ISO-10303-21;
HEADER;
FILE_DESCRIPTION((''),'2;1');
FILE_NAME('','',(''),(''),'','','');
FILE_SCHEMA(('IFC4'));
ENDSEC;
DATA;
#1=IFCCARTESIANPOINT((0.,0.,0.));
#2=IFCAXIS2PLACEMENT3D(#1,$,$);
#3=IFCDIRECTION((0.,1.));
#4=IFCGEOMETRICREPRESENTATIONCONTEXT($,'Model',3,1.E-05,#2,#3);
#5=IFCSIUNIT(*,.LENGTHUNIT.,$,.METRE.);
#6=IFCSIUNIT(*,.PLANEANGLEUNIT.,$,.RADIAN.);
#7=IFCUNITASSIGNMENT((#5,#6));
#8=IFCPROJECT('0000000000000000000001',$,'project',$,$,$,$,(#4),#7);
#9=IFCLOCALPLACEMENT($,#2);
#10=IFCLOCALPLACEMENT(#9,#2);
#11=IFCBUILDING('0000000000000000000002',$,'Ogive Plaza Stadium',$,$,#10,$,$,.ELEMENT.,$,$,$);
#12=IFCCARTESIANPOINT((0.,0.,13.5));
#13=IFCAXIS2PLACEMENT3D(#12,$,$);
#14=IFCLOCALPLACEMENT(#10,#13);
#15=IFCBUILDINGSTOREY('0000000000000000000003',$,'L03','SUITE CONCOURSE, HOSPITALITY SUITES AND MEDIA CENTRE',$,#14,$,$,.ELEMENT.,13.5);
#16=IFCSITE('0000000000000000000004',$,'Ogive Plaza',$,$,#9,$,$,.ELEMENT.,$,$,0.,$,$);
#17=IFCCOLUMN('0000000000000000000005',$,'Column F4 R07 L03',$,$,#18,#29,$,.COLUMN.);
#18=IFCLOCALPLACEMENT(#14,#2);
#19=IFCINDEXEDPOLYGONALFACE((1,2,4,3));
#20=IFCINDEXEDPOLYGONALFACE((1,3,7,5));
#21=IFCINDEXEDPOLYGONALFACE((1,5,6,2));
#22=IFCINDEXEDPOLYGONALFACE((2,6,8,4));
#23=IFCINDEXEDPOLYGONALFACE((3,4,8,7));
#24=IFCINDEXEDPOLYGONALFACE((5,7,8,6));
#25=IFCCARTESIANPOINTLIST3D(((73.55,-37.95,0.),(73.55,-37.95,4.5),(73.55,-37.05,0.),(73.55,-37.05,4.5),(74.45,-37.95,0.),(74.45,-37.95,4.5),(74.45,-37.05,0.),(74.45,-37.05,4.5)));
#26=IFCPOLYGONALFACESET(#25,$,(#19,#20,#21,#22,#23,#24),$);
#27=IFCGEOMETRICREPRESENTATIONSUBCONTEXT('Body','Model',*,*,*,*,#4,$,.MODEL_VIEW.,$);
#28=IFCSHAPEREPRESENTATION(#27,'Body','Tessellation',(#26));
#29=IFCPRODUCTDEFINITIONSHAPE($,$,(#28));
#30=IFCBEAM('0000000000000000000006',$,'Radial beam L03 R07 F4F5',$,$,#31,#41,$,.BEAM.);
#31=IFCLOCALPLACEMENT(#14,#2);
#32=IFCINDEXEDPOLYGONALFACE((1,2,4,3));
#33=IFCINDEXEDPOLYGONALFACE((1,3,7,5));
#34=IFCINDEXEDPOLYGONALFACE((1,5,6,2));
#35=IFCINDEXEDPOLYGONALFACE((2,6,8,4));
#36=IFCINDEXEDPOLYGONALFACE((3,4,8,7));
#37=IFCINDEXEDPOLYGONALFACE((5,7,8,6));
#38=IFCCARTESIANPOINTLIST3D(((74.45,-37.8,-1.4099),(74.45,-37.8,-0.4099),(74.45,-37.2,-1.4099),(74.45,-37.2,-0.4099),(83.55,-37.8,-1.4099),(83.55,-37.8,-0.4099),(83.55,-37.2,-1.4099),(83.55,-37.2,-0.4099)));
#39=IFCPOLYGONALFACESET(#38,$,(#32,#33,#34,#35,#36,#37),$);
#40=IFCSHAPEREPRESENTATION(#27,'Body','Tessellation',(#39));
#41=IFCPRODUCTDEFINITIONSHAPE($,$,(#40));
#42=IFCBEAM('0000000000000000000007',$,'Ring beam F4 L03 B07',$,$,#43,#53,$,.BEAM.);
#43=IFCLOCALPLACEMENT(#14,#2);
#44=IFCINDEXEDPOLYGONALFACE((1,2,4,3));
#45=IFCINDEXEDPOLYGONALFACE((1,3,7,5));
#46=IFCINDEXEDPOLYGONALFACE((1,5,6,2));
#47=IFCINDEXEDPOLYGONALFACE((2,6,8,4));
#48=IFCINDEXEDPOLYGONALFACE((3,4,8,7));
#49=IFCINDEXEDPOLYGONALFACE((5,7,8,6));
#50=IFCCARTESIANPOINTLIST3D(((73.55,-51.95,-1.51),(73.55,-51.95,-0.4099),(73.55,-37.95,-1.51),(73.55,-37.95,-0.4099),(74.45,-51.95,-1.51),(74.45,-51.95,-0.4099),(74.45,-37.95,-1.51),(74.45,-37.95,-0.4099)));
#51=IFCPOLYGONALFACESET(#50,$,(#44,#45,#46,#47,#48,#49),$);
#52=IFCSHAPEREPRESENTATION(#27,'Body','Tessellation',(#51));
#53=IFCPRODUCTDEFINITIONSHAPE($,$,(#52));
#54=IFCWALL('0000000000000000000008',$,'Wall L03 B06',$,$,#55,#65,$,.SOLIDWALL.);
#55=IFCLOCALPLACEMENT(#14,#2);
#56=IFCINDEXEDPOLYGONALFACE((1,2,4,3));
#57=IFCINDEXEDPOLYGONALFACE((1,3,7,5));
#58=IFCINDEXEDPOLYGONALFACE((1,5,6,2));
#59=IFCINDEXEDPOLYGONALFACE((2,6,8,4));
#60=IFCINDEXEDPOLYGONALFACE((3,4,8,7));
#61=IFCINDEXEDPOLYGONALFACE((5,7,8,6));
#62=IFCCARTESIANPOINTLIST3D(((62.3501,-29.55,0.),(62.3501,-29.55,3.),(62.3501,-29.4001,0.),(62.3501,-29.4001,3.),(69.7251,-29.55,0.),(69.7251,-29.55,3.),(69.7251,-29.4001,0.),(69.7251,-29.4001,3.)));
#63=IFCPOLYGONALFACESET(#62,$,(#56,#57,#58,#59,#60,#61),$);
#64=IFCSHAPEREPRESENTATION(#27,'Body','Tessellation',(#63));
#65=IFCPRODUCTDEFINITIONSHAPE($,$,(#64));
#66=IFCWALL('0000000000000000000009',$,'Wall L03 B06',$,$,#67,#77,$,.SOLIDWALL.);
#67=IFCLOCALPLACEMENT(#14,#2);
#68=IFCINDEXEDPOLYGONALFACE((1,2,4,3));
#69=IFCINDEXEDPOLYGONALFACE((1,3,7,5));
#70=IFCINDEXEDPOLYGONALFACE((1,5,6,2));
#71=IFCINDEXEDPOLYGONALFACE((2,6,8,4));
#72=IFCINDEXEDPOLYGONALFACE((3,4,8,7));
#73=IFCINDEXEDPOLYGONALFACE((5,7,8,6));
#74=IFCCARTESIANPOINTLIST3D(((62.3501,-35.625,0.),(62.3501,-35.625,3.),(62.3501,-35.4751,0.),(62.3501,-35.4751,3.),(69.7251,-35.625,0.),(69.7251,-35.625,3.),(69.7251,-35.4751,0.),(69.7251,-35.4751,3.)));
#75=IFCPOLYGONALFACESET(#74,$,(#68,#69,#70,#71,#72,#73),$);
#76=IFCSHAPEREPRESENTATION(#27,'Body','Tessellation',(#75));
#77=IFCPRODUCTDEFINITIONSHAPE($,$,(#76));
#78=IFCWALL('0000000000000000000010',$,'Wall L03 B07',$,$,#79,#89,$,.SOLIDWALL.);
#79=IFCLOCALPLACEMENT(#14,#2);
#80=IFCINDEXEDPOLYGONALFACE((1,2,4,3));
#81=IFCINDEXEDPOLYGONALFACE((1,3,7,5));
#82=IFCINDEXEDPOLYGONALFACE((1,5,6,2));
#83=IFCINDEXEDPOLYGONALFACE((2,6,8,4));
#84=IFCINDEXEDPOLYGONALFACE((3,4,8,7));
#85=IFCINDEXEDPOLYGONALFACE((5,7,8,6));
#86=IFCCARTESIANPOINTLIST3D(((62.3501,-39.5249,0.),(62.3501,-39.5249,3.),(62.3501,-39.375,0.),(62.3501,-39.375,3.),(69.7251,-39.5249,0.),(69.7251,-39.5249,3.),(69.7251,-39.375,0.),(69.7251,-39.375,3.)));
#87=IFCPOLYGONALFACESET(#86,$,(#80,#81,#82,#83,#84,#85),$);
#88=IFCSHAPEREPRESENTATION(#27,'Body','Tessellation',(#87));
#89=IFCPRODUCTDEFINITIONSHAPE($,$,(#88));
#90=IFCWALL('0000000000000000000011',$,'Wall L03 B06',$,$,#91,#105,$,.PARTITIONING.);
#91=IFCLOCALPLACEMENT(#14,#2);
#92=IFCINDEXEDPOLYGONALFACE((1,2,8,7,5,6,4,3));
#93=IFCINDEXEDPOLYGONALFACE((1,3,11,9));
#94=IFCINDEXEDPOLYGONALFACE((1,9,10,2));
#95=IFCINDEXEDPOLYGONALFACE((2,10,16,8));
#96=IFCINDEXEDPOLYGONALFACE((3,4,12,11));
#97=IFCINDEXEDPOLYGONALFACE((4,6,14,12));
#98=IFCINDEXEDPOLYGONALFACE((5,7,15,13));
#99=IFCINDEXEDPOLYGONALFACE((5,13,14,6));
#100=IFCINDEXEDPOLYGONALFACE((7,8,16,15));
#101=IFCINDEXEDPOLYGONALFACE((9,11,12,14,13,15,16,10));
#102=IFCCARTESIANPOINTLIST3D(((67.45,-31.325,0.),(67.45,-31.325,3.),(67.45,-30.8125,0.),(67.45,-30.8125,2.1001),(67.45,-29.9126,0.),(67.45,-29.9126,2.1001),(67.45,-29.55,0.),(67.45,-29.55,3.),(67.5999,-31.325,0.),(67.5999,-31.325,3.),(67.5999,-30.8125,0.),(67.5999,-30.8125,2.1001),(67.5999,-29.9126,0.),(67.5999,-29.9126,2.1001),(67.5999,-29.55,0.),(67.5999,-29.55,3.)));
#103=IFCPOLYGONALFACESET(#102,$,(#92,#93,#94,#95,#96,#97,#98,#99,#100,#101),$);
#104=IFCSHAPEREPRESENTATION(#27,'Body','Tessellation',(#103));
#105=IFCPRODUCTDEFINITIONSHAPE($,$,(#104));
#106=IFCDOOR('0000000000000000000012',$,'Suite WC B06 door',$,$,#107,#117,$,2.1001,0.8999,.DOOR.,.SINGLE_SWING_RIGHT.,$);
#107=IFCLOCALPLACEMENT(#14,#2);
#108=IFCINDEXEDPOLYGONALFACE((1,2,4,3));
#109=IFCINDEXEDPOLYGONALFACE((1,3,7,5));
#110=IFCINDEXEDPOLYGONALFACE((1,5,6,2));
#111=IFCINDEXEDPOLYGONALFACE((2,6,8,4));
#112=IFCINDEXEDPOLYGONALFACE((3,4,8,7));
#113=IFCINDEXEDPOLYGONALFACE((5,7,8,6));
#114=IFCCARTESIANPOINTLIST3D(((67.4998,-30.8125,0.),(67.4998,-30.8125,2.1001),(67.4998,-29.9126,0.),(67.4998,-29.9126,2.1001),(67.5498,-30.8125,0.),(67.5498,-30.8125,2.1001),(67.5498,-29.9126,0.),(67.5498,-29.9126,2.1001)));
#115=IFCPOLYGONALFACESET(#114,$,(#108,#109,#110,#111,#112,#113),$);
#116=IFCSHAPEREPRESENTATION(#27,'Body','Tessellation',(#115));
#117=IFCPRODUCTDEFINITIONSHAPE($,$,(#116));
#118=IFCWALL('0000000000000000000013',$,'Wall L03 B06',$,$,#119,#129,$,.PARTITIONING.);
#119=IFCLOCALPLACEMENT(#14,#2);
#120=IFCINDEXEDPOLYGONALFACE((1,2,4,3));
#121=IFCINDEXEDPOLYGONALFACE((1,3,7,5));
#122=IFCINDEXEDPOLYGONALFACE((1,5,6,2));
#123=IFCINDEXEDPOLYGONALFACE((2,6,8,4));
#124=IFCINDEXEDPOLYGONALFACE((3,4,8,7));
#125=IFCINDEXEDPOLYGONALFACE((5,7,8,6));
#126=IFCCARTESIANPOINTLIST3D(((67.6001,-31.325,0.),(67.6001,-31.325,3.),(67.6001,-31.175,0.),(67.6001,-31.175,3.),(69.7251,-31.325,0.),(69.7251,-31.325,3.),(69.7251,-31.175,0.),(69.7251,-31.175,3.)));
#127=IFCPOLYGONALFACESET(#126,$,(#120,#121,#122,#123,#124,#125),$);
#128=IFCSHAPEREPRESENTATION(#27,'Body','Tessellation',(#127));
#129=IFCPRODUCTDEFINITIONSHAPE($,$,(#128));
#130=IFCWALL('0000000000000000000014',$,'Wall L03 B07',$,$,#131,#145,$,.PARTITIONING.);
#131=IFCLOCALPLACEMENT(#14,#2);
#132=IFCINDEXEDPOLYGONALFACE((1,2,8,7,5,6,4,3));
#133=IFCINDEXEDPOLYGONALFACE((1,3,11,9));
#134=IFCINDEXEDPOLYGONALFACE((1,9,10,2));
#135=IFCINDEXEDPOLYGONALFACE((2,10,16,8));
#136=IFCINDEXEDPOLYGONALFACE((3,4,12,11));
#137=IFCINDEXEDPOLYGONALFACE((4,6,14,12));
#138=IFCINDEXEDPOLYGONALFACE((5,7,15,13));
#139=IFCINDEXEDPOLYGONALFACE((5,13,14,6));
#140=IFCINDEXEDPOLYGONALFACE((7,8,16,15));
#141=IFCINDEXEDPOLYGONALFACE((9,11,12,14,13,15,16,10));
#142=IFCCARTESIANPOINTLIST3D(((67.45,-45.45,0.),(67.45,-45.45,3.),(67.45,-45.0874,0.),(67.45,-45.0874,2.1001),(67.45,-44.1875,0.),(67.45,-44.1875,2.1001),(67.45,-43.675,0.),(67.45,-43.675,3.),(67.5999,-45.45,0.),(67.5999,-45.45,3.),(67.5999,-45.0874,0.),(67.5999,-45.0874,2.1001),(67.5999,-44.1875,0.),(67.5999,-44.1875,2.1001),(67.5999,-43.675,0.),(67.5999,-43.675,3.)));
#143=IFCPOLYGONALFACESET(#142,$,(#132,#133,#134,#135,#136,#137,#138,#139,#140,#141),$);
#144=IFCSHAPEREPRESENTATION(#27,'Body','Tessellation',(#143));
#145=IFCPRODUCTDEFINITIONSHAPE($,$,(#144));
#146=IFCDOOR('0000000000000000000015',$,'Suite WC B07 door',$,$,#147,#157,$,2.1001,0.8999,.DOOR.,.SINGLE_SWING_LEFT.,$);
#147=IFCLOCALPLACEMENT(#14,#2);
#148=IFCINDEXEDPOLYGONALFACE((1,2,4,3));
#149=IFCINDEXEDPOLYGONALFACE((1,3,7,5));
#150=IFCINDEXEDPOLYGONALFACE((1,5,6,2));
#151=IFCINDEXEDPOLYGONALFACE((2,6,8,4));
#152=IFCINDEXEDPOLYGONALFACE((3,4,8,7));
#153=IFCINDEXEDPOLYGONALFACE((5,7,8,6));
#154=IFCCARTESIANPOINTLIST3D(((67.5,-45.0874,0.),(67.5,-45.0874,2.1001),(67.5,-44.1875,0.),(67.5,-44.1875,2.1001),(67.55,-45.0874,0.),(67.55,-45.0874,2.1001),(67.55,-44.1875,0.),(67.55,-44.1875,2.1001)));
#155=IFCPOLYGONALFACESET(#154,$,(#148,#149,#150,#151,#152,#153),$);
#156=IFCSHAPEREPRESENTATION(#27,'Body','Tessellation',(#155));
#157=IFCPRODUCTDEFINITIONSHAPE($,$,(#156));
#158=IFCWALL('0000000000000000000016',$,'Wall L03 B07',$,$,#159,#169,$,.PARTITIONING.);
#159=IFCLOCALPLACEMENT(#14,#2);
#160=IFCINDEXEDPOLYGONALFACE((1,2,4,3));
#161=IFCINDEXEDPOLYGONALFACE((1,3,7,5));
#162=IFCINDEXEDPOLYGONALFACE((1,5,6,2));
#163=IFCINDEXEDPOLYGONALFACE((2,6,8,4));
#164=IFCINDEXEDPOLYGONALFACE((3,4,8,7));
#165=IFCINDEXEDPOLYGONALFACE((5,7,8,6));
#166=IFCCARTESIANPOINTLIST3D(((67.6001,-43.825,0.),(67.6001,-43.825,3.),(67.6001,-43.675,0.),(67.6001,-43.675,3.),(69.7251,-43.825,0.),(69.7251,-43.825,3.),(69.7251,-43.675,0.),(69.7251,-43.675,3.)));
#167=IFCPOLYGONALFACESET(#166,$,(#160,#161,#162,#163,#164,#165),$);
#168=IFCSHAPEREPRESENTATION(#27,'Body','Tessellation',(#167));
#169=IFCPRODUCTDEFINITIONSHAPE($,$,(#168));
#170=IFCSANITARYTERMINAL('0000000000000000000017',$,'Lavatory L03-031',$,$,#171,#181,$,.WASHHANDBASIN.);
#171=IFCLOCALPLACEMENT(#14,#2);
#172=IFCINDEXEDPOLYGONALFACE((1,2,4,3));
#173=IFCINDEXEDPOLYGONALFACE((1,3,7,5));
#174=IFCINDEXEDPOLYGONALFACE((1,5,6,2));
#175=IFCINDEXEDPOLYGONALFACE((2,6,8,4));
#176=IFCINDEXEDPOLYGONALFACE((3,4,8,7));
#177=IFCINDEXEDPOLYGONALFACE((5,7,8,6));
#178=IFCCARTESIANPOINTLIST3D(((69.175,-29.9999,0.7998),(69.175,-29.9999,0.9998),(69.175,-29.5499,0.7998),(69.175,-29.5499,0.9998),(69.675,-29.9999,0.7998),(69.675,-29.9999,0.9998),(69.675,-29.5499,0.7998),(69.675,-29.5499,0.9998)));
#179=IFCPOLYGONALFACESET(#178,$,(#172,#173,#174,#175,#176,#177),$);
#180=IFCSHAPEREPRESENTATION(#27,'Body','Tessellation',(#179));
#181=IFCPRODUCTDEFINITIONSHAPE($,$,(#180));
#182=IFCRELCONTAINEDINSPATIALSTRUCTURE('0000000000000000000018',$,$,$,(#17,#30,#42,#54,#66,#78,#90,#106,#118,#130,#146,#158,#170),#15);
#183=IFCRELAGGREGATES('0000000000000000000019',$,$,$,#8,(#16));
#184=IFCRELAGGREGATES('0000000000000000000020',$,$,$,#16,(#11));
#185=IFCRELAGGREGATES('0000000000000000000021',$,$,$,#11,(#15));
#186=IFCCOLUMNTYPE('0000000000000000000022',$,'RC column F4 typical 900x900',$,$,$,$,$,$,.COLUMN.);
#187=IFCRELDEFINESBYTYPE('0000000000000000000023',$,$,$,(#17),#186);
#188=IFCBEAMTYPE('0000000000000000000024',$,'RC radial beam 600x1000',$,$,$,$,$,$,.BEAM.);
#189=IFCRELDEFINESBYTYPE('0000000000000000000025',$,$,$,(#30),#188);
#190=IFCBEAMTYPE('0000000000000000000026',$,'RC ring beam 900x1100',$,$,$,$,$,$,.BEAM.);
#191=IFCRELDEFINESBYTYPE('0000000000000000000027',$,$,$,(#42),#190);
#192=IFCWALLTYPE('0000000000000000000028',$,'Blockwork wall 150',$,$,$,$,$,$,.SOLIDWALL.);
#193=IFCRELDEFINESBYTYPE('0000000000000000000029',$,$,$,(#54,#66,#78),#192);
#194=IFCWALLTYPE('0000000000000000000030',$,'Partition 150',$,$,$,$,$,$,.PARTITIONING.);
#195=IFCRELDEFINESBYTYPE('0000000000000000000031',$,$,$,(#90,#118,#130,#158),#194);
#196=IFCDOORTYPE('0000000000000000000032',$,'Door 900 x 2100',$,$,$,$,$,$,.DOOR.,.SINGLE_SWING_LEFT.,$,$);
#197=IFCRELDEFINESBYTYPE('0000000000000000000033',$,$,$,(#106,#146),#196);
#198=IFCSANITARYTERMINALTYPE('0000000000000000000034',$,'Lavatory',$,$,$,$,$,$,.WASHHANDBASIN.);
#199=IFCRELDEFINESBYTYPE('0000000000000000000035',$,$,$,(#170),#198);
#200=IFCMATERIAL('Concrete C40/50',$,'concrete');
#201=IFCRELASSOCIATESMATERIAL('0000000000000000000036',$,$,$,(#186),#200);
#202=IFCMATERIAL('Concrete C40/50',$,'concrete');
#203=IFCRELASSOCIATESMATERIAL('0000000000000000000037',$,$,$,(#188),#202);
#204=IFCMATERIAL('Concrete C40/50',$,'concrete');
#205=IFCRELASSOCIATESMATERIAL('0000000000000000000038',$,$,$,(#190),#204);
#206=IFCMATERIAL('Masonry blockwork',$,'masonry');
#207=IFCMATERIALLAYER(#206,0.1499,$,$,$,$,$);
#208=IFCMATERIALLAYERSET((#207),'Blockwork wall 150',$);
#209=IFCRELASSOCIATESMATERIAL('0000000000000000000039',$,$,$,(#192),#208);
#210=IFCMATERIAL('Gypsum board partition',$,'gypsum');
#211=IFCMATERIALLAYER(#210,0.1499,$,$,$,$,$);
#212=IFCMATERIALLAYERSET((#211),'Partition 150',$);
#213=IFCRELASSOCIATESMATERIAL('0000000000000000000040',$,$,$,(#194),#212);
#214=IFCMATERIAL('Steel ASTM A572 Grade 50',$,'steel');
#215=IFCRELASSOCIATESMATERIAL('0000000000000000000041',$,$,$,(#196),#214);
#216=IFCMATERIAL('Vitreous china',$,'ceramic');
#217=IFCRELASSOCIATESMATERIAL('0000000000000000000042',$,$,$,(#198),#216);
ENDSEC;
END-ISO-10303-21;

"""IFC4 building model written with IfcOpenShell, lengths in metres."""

from ifc_helpers import new_model, si_unit, direction, frame, frame_2d, origin, origin_2d, place, context, subcontext, project, spatial, rectangle, extrude, material, layer, layer_set, material_profile, profile_set, type_object, element, fill, save


model = new_model("IFC4")

# Units and contexts
model_context = context("Model", 3, precision=1e-05, world=origin(), true_north=direction((0.0, 1.0)))
body_context = subcontext(model_context, "Body", "Model", "MODEL_VIEW")
ifc_project = project(units=[si_unit("LENGTHUNIT", "METRE"), si_unit("PLANEANGLEUNIT", "RADIAN")], contexts=[model_context])

# Site, building, storey
site_placement = place(None, origin())
site = spatial("IfcSite", under=ifc_project, at=site_placement, Name="Ogive Plaza", CompositionType="ELEMENT", RefElevation=0.0)
building_placement = place(site_placement, origin())
building = spatial("IfcBuilding", under=site, at=building_placement, Name="Ogive Plaza Stadium", CompositionType="ELEMENT")
storey_placement = place(building_placement, frame((0.0, 0.0, 13.5)))
storey = spatial("IfcBuildingStorey", under=building, at=storey_placement, Name="L03", Description="SUITE CONCOURSE, HOSPITALITY SUITES AND MEDIA CENTRE", CompositionType="ELEMENT", Elevation=13.5)

# Column
ifc_material_1 = material(Name="Concrete C40/50", Category="concrete")
ifc_material_profile_1 = material_profile(ifc_material_1, rectangle(XDim=0.8999, YDim=0.8999, at=origin_2d()), Name="RC 900x900")
ifc_profile_set_1 = profile_set([ifc_material_profile_1], Name="Concrete C40/50")
column_type = type_object("IfcColumnType", Name="RC column F4 typical 900x900", PredefinedType="COLUMN", material=ifc_profile_set_1)
column_placement = place(storey_placement, frame((74.0, -37.5, 0.0), z_axis=(0.0, 0.0, 1.0), x_axis=(0.0, 1.0, 0.0)))
element("IfcColumn", 1, at=column_placement, inside=storey, type_object=column_type, Name="Column F4 R07 L03", PredefinedType="COLUMN", context=body_context, shape_type="SweptSolid", body=[
    extrude(rectangle(XDim=0.8999, YDim=0.8999, at=origin_2d()), origin(), (0.0, 0.0, 1.0), 4.5),
])

# Beams
ifc_material_2 = material(Name="Concrete C40/50", Category="concrete")
ifc_material_profile_2 = material_profile(ifc_material_2, rectangle(XDim=0.6001, YDim=1.0, at=origin_2d()), Name="RC 600x1000")
ifc_profile_set_2 = profile_set([ifc_material_profile_2], Name="Concrete C40/50")
beam_type_1 = type_object("IfcBeamType", Name="RC radial beam 600x1000", PredefinedType="BEAM", material=ifc_profile_set_2)
beam_1_placement = place(storey_placement, frame((74.45, -37.5, -0.9099), z_axis=(1.0, 0.0, 0.0), x_axis=(0.0, 1.0, 0.0)))
element("IfcBeam", 2, at=beam_1_placement, inside=storey, type_object=beam_type_1, Name="Radial beam L03 R07 F4F5", PredefinedType="BEAM", context=body_context, shape_type="SweptSolid", body=[
    extrude(rectangle(XDim=0.6001, YDim=1.0, at=origin_2d()), origin(), (0.0, 0.0, 1.0), 9.1001),
])
ifc_material_3 = material(Name="Concrete C40/50", Category="concrete")
ifc_material_profile_3 = material_profile(ifc_material_3, rectangle(XDim=0.8999, YDim=1.1001, at=origin_2d()), Name="RC 900x1100")
ifc_profile_set_3 = profile_set([ifc_material_profile_3], Name="Concrete C40/50")
beam_type_2 = type_object("IfcBeamType", Name="RC ring beam 900x1100", PredefinedType="BEAM", material=ifc_profile_set_3)
beam_2_placement = place(storey_placement, frame((74.0, -37.95, -0.96), z_axis=(0.0, -1.0, 0.0), x_axis=(1.0, 0.0, 0.0)))
element("IfcBeam", 3, at=beam_2_placement, inside=storey, type_object=beam_type_2, Name="Ring beam F4 L03 B07", PredefinedType="BEAM", context=body_context, shape_type="SweptSolid", body=[
    extrude(rectangle(XDim=0.8999, YDim=1.1001, at=origin_2d()), origin(), (0.0, 0.0, 1.0), 14.0),
])

# Walls
ifc_material_4 = material(Name="Masonry blockwork", Category="masonry")
ifc_layer_1 = layer(ifc_material_4, 0.1499)
ifc_layer_set_1 = layer_set([ifc_layer_1], Name="Blockwork wall 150")
wall_type_1 = type_object("IfcWallType", Name="Blockwork wall 150", PredefinedType="SOLIDWALL", material=ifc_layer_set_1)
for number, where, z_axis, x_axis, name in (
    (4, (62.3501, -29.4751, 0.0), (0.0, 0.0, 1.0), (1.0, 0.0, 0.0), "Wall L03 B06"),
    (5, (62.3501, -35.55, 0.0), (0.0, 0.0, 1.0), (1.0, 0.0, 0.0), "Wall L03 B06"),
    (6, (62.3501, -39.45, 0.0), (0.0, 0.0, 1.0), (1.0, 0.0, 0.0), "Wall L03 B07"),
):
    element("IfcWall", number, at=place(storey_placement, frame(where, z_axis=z_axis, x_axis=x_axis)), inside=storey, type_object=wall_type_1, Name=name, PredefinedType="SOLIDWALL", context=body_context, shape_type="SweptSolid", body=[
        extrude(rectangle(XDim=7.375, YDim=0.1499, at=frame_2d((3.6875, 0.0))), origin(), (0.0, 0.0, 1.0), 3.0),
    ])

# Wall, opening, door
ifc_material_5 = material(Name="Gypsum board partition", Category="gypsum")
ifc_layer_2 = layer(ifc_material_5, 0.1499)
ifc_layer_set_2 = layer_set([ifc_layer_2], Name="Partition 150")
wall_type_2 = type_object("IfcWallType", Name="Partition 150", PredefinedType="PARTITIONING", material=ifc_layer_set_2)
wall_1_placement = place(storey_placement, frame((67.5249, -29.55, 0.0), z_axis=(0.0, 0.0, 1.0), x_axis=(0.0, -1.0, 0.0)))
wall_1 = element("IfcWall", 7, at=wall_1_placement, inside=storey, type_object=wall_type_2, Name="Wall L03 B06", PredefinedType="PARTITIONING", context=body_context, shape_type="SweptSolid", body=[
    extrude(rectangle(XDim=1.7749, YDim=0.1499, at=frame_2d((0.8875, 0.0))), origin(), (0.0, 0.0, 1.0), 3.0),
])
opening_1_placement = place(wall_1_placement, frame((0.3625, 0.0, 0.0)))
opening_1 = element("IfcOpeningElement", 8, at=opening_1_placement, cuts=wall_1, PredefinedType="OPENING", context=body_context, shape_type="SweptSolid", body=[
    extrude(rectangle(XDim=0.8999, YDim=2.1001, at=frame_2d((0.45, 1.05))), frame((0.0, 0.075, 0.0), z_axis=(0.0, -1.0, 0.0), x_axis=(1.0, 0.0, 0.0)), (0.0, 0.0, 1.0), 0.1499),
])
ifc_material_6 = material(Name="Steel ASTM A572 Grade 50", Category="steel")
door_type = type_object("IfcDoorType", Name="Door 900 x 2100", OperationType="SINGLE_SWING_LEFT", PredefinedType="DOOR", material=ifc_material_6)
door_1_placement = place(opening_1_placement, origin())
door_1 = element("IfcDoor", 9, at=door_1_placement, inside=storey, type_object=door_type, Name="Suite WC B06 door", OperationType="SINGLE_SWING_RIGHT", OverallHeight=2.1001, OverallWidth=0.8999, PredefinedType="DOOR", context=body_context, shape_type="SweptSolid", body=[
    extrude(rectangle(XDim=0.8999, YDim=2.1001, at=frame_2d((0.45, 1.05))), frame((0.0, 0.0249, 0.0), z_axis=(0.0, -1.0, 0.0), x_axis=(1.0, 0.0, 0.0)), (0.0, 0.0, 1.0), 0.05),
])
fill(opening_1, door_1)

# Wall
wall_2_placement = place(storey_placement, frame((67.6001, -31.25, 0.0), z_axis=(0.0, 0.0, 1.0), x_axis=(1.0, 0.0, 0.0)))
element("IfcWall", 10, at=wall_2_placement, inside=storey, type_object=wall_type_2, Name="Wall L03 B06", PredefinedType="PARTITIONING", context=body_context, shape_type="SweptSolid", body=[
    extrude(rectangle(XDim=2.125, YDim=0.1499, at=frame_2d((1.0625, 0.0))), origin(), (0.0, 0.0, 1.0), 3.0),
])

# Wall, opening, door
wall_3_placement = place(storey_placement, frame((67.5249, -45.45, 0.0), z_axis=(0.0, 0.0, 1.0), x_axis=(0.0, 1.0, 0.0)))
wall_3 = element("IfcWall", 11, at=wall_3_placement, inside=storey, type_object=wall_type_2, Name="Wall L03 B07", PredefinedType="PARTITIONING", context=body_context, shape_type="SweptSolid", body=[
    extrude(rectangle(XDim=1.7749, YDim=0.1499, at=frame_2d((0.8875, 0.0))), origin(), (0.0, 0.0, 1.0), 3.0),
])
opening_2_placement = place(wall_3_placement, frame((0.3625, 0.0, 0.0)))
opening_2 = element("IfcOpeningElement", 12, at=opening_2_placement, cuts=wall_3, PredefinedType="OPENING", context=body_context, shape_type="SweptSolid", body=[
    extrude(rectangle(XDim=0.8999, YDim=2.1001, at=frame_2d((0.45, 1.05))), frame((0.0, 0.075, 0.0), z_axis=(0.0, -1.0, 0.0), x_axis=(1.0, 0.0, 0.0)), (0.0, 0.0, 1.0), 0.1499),
])
door_2_placement = place(opening_2_placement, origin())
door_2 = element("IfcDoor", 13, at=door_2_placement, inside=storey, type_object=door_type, Name="Suite WC B07 door", OperationType="SINGLE_SWING_LEFT", OverallHeight=2.1001, OverallWidth=0.8999, PredefinedType="DOOR", context=body_context, shape_type="SweptSolid", body=[
    extrude(rectangle(XDim=0.8999, YDim=2.1001, at=frame_2d((0.45, 1.05))), frame((0.0, 0.0249, 0.0), z_axis=(0.0, -1.0, 0.0), x_axis=(1.0, 0.0, 0.0)), (0.0, 0.0, 1.0), 0.05),
])
fill(opening_2, door_2)

# Wall
wall_4_placement = place(storey_placement, frame((67.6001, -43.75, 0.0), z_axis=(0.0, 0.0, 1.0), x_axis=(1.0, 0.0, 0.0)))
element("IfcWall", 14, at=wall_4_placement, inside=storey, type_object=wall_type_2, Name="Wall L03 B07", PredefinedType="PARTITIONING", context=body_context, shape_type="SweptSolid", body=[
    extrude(rectangle(XDim=2.125, YDim=0.1499, at=frame_2d((1.0625, 0.0))), origin(), (0.0, 0.0, 1.0), 3.0),
])

# Sanitary terminal
ifc_material_7 = material(Name="Vitreous china", Category="ceramic")
sanitary_terminal_type_1 = type_object("IfcSanitaryTerminalType", Name="Lavatory", PredefinedType="WASHHANDBASIN", material=ifc_material_7)
for number, where, z_axis, x_axis, name in (
    (15, (69.425, -29.7749, 0.7998), (0.0, 0.0, 1.0), (-1.0, 0.0, 0.0), "Lavatory L03-031"),
):
    element("IfcSanitaryTerminal", number, at=place(storey_placement, frame(where, z_axis=z_axis, x_axis=x_axis)), inside=storey, type_object=sanitary_terminal_type_1, Name=name, PredefinedType="WASHHANDBASIN", context=body_context, shape_type="SweptSolid", body=[
        extrude(rectangle(XDim=0.5, YDim=0.45, at=origin_2d()), origin(), (0.0, 0.0, 1.0), 0.2),
    ])

save(model, "model.ifc")
